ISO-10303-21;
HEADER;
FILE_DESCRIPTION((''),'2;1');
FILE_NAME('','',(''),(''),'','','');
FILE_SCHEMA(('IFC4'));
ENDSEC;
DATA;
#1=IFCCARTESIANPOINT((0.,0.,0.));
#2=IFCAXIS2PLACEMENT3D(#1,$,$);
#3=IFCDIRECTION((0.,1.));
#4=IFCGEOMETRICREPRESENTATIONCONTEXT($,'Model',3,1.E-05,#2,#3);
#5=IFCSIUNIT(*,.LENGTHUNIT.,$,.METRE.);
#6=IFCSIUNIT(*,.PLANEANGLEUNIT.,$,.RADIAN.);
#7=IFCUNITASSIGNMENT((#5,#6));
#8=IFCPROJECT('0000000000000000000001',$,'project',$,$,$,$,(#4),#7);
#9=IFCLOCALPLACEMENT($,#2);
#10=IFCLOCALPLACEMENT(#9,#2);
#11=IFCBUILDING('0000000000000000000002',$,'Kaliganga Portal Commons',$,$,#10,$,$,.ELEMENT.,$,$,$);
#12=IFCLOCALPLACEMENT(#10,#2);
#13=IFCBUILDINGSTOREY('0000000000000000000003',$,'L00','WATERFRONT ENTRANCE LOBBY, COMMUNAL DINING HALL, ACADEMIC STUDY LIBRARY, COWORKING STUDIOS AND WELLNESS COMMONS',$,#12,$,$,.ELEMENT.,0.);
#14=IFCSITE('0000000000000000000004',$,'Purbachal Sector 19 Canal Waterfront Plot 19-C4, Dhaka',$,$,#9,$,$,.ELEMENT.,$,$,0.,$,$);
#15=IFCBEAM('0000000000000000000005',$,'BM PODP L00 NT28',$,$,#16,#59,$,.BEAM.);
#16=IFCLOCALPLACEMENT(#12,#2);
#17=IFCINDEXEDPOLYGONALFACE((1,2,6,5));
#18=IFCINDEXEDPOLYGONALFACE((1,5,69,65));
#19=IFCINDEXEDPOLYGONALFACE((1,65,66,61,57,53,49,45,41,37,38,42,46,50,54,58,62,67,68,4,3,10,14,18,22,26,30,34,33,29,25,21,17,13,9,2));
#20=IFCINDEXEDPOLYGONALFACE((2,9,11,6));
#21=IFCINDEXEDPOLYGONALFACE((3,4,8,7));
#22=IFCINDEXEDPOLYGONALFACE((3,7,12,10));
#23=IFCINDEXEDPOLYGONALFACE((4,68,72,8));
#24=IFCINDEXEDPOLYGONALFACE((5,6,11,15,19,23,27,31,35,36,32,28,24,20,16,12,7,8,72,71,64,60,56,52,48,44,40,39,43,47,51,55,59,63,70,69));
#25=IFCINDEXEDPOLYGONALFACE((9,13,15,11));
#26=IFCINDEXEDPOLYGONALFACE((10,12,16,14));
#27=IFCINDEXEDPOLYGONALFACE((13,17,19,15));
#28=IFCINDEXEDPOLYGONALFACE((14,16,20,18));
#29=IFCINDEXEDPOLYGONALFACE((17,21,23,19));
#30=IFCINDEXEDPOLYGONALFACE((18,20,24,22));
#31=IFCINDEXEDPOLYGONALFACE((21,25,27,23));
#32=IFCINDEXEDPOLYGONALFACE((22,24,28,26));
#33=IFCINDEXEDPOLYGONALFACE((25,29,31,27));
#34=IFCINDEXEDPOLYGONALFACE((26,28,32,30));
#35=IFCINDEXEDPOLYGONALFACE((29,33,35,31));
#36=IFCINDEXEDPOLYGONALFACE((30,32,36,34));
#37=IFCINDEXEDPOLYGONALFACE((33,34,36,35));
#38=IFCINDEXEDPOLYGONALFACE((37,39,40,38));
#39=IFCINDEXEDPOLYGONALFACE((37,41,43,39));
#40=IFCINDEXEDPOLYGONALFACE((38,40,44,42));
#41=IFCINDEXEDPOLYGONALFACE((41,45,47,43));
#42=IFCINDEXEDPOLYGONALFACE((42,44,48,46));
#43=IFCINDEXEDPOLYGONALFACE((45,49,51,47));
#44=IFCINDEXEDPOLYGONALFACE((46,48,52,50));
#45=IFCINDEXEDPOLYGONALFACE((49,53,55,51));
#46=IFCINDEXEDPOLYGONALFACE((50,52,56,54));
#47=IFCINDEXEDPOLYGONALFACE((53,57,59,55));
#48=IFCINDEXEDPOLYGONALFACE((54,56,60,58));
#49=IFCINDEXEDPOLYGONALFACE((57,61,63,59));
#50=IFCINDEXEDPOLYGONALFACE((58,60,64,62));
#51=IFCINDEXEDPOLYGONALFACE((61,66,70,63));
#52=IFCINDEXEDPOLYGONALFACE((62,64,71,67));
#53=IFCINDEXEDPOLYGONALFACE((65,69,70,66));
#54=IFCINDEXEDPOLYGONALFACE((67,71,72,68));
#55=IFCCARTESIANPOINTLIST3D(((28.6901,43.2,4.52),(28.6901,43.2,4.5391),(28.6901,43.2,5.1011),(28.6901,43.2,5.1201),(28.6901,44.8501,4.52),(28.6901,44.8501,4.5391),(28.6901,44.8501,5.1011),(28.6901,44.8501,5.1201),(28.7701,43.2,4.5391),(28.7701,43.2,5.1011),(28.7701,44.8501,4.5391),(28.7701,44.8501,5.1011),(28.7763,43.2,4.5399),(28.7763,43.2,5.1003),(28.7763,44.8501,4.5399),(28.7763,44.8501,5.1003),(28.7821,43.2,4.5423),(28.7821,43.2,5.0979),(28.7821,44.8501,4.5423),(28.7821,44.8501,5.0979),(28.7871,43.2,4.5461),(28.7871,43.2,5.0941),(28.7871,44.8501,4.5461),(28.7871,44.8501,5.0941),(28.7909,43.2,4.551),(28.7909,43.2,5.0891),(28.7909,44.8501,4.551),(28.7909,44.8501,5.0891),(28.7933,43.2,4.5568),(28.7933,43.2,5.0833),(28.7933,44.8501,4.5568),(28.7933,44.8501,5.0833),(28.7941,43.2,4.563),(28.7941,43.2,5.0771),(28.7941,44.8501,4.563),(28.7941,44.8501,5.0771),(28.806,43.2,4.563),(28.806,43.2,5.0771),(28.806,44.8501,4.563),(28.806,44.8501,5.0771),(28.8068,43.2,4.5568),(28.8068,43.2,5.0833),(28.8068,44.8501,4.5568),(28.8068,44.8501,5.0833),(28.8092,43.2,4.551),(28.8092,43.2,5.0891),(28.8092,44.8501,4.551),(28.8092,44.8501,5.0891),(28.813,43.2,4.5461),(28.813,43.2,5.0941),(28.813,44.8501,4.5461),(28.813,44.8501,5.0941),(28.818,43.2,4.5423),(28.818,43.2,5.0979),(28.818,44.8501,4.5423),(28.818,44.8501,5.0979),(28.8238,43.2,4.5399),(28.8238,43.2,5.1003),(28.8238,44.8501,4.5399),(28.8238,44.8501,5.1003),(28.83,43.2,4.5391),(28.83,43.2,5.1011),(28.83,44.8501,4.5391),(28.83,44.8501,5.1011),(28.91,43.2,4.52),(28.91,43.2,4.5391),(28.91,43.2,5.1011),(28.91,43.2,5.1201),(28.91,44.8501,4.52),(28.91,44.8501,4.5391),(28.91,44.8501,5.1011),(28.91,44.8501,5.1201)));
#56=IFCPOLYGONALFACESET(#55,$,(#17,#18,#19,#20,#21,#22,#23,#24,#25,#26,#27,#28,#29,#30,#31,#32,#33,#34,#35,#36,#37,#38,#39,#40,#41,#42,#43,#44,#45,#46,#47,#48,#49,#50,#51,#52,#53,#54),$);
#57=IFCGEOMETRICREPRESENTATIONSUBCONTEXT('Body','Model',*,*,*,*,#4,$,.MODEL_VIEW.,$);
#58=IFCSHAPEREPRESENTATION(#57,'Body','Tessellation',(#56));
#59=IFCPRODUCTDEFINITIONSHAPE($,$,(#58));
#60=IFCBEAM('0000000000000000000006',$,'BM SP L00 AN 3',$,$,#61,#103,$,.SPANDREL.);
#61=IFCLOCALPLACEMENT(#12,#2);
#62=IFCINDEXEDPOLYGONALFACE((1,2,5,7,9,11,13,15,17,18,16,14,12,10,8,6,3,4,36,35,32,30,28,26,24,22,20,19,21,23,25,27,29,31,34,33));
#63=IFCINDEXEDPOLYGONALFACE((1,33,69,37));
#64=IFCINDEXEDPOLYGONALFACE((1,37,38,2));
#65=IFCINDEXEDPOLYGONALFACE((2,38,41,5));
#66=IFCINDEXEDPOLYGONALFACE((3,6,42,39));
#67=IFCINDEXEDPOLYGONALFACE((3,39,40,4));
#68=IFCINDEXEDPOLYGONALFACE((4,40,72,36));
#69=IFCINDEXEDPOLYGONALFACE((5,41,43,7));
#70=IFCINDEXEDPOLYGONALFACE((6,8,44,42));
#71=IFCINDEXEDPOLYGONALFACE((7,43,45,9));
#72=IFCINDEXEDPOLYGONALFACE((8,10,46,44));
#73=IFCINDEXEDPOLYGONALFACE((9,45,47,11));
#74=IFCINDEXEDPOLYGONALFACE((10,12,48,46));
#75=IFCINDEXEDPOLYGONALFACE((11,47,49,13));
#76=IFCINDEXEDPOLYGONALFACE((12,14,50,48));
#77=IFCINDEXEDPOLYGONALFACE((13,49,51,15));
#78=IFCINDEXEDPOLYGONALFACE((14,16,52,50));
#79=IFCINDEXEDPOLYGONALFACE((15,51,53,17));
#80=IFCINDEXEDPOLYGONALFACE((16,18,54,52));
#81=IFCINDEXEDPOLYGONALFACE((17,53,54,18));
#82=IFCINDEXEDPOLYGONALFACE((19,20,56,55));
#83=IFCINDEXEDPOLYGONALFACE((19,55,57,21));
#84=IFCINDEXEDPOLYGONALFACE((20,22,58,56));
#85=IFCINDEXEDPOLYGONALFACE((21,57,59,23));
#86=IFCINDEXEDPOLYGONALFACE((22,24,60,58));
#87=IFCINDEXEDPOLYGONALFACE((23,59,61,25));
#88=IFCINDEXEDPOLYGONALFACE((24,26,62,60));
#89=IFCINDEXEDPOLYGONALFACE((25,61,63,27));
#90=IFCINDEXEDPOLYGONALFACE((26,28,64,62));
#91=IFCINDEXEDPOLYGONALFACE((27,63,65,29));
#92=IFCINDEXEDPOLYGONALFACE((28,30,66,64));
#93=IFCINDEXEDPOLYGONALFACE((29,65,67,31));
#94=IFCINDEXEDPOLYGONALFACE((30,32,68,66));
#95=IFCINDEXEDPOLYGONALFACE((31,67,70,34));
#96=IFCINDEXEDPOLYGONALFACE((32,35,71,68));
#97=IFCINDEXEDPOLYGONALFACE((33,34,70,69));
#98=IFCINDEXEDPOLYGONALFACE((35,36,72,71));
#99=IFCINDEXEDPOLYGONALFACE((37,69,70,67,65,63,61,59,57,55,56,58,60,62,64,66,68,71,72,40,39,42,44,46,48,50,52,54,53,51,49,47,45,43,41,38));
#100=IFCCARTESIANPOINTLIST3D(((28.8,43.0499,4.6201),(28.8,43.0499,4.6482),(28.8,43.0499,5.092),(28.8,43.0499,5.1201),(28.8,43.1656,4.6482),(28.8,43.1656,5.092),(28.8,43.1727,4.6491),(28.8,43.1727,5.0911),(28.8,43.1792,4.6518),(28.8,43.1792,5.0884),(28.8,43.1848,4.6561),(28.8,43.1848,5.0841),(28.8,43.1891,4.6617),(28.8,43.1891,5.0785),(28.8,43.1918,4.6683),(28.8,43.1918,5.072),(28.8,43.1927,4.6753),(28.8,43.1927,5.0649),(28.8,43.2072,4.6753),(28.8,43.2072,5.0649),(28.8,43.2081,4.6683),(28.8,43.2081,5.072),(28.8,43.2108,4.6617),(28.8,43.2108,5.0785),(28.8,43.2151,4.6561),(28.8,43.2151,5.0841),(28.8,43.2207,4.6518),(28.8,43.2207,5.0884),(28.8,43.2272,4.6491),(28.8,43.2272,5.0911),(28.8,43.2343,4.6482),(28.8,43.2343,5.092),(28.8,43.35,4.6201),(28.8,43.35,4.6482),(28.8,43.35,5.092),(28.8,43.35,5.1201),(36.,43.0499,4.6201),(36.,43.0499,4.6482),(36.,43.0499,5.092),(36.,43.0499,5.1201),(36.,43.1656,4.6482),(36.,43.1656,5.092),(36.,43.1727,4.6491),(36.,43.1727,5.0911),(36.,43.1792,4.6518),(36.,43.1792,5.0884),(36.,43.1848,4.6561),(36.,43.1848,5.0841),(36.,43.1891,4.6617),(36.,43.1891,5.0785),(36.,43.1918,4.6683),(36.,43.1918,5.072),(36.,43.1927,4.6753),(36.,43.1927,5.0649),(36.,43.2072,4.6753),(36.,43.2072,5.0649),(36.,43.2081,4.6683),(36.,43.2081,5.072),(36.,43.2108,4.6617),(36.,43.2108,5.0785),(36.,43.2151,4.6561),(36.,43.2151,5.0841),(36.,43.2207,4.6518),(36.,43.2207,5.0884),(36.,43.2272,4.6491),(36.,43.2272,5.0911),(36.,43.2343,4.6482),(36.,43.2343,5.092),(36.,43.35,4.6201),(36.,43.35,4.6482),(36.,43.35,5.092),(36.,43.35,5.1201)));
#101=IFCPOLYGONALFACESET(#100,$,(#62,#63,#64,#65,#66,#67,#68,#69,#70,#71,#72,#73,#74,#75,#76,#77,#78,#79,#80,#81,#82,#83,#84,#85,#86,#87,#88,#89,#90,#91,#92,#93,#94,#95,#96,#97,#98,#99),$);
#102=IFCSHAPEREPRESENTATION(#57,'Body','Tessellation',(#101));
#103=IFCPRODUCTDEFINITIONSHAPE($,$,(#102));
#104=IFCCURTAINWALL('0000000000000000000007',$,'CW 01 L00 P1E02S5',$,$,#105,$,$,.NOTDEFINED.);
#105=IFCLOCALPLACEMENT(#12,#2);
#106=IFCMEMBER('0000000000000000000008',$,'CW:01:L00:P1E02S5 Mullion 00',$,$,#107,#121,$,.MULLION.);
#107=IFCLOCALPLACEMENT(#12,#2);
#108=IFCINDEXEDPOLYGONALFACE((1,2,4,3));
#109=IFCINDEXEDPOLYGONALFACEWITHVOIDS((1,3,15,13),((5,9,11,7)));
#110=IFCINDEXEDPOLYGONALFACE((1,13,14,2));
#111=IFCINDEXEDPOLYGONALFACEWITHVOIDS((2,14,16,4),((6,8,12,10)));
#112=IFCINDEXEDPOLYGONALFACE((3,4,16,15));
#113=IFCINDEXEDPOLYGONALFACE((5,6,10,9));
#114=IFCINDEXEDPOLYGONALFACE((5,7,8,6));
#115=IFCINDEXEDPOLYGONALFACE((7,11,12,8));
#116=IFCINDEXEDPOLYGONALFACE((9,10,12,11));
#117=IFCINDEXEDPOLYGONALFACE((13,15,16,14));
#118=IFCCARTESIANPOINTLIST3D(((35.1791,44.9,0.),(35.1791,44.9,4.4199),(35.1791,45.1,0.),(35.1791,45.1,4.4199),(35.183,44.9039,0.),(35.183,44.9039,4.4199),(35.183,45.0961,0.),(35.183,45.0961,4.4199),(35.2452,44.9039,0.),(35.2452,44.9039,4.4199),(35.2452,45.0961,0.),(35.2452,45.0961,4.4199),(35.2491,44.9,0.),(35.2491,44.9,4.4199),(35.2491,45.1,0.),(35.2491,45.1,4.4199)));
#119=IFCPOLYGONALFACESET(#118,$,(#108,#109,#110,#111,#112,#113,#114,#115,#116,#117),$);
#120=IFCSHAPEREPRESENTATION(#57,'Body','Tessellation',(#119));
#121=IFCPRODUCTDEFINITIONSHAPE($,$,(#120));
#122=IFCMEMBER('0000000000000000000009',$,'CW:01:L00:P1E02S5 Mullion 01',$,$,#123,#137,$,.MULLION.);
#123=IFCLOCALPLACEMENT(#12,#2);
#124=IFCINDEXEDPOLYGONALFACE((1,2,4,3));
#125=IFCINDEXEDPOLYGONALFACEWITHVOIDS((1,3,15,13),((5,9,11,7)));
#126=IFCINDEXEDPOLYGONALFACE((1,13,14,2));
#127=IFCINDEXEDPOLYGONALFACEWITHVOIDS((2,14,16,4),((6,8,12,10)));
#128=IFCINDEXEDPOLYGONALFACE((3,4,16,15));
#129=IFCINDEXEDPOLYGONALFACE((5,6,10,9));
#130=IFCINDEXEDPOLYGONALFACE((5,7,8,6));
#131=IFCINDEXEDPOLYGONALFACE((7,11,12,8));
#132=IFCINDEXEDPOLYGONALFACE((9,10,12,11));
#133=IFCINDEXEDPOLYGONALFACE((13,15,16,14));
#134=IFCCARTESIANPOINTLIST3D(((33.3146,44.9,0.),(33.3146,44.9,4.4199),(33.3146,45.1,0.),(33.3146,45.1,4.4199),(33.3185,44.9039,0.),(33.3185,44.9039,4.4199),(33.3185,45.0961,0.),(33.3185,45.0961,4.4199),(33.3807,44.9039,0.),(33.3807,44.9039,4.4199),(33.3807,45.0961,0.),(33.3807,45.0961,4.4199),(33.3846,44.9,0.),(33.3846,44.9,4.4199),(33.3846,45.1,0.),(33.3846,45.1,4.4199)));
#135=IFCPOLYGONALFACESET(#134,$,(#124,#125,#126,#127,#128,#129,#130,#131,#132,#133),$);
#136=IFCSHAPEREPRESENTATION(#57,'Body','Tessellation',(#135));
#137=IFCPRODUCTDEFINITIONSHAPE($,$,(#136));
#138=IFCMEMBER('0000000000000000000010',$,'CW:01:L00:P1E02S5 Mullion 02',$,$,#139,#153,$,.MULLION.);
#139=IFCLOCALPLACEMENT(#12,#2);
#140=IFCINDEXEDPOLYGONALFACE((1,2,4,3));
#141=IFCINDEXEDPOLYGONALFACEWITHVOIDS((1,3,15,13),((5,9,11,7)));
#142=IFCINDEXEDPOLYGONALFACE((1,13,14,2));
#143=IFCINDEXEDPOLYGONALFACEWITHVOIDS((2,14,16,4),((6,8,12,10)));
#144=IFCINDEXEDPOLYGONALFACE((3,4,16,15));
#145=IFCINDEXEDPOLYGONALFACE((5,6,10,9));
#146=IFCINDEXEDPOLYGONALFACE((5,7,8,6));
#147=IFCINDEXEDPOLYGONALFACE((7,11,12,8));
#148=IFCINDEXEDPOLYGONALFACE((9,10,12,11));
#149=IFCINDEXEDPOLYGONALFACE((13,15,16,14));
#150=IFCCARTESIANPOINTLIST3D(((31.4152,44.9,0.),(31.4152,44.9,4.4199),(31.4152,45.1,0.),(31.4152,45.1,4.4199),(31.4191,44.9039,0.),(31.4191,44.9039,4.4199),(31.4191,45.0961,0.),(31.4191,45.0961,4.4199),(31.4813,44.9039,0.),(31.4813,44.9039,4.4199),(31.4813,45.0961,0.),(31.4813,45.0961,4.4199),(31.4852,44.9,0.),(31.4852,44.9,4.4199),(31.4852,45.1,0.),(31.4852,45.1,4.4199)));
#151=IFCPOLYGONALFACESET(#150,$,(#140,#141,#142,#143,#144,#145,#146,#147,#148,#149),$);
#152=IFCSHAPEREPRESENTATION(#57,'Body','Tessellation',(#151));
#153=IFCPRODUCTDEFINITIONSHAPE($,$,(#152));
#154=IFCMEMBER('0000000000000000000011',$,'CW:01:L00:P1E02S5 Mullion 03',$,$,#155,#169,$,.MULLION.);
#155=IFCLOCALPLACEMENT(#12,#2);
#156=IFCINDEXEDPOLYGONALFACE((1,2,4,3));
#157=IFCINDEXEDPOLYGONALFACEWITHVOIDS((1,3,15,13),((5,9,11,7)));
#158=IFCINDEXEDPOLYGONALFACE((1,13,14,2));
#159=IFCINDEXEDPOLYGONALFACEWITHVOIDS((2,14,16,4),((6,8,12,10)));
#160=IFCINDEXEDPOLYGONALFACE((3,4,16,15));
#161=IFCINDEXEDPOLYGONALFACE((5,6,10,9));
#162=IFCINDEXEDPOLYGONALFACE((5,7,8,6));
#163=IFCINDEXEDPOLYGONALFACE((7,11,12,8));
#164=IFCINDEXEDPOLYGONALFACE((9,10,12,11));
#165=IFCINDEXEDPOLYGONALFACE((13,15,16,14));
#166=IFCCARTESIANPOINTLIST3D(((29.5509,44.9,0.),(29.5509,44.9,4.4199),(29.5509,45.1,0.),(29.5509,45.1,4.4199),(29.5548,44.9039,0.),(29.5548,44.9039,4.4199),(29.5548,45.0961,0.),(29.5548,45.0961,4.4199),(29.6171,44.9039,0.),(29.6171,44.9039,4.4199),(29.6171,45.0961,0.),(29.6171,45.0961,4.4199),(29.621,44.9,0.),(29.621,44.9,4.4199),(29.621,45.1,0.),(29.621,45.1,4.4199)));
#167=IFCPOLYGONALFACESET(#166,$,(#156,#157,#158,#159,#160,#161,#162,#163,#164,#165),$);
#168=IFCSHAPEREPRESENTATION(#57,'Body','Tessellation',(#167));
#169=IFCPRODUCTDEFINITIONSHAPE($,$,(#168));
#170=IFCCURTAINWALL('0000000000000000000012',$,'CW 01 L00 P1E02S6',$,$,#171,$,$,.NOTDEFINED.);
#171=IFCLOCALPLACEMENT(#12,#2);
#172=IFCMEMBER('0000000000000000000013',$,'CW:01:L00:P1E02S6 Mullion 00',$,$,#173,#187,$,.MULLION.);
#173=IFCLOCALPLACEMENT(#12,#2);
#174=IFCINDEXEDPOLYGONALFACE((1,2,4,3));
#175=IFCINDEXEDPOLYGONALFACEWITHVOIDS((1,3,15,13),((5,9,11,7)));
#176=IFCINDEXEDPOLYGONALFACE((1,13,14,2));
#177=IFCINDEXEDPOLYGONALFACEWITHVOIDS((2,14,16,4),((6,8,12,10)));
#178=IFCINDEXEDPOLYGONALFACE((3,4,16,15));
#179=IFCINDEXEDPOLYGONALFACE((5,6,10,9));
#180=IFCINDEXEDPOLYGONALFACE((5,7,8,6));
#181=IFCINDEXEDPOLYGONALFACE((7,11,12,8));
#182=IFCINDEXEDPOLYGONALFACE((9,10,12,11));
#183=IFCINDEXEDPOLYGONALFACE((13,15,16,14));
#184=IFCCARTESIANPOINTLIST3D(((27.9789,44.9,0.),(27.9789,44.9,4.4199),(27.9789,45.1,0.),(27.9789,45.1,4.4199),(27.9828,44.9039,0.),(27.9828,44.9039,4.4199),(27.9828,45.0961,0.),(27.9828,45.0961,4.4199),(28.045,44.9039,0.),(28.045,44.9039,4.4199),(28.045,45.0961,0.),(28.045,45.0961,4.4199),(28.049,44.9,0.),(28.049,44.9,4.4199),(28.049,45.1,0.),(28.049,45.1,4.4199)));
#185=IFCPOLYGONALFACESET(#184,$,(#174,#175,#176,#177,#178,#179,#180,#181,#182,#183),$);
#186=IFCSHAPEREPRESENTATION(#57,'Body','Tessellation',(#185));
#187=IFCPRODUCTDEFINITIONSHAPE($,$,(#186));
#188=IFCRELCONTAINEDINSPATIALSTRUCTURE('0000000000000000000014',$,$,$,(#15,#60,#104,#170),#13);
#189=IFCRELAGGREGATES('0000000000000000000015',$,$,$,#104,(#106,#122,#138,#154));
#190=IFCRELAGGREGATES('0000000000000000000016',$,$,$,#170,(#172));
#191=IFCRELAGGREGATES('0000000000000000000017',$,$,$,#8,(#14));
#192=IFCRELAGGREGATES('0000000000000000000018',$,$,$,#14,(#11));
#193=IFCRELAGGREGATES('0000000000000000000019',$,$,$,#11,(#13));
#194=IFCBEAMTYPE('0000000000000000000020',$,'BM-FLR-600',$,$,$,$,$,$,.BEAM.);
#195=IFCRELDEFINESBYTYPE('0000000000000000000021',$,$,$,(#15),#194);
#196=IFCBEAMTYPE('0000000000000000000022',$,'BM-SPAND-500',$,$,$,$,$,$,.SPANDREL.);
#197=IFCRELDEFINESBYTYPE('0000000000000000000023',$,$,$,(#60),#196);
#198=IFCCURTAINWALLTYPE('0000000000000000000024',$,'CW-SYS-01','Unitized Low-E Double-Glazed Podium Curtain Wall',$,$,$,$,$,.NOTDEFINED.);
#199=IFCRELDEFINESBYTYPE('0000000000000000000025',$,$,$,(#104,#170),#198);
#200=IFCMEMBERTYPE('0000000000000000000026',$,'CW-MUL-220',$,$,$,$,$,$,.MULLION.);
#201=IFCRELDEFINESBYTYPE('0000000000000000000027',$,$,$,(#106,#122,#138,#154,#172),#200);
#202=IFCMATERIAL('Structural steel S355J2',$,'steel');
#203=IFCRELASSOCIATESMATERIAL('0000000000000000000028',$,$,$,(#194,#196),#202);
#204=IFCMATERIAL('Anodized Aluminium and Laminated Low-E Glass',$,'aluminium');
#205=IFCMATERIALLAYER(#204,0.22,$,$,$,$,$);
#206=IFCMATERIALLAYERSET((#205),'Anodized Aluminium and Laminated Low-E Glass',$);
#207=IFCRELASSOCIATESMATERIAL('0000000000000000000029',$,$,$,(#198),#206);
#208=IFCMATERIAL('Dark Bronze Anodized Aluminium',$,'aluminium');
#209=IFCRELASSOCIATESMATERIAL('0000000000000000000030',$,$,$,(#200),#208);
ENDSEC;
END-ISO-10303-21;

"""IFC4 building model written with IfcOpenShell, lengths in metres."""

from ifc_helpers import new_model, si_unit, direction, frame, origin, origin_2d, place, context, subcontext, project, spatial, hollow_rectangle, i_section, extrude, source, transform, mapped, material, layer, layer_set, material_profile, profile_set, type_object, element, aggregate, save


model = new_model("IFC4")

# Units and contexts
model_context = context("Model", 3, precision=1e-05, world=origin(), true_north=direction((0.0, 1.0)))
body_context = subcontext(model_context, "Body", "Model", "MODEL_VIEW")
ifc_project = project(units=[si_unit("LENGTHUNIT", "METRE"), si_unit("PLANEANGLEUNIT", "RADIAN")], contexts=[model_context])

# Site, building, storey
site_placement = place(None, origin())
site = spatial("IfcSite", under=ifc_project, at=site_placement, Name="Purbachal Sector 19 Canal Waterfront Plot 19-C4, Dhaka", CompositionType="ELEMENT", RefElevation=0.0)
building_placement = place(site_placement, origin())
building = spatial("IfcBuilding", under=site, at=building_placement, Name="Kaliganga Portal Commons", CompositionType="ELEMENT")
storey_placement = place(building_placement, origin())
storey = spatial("IfcBuildingStorey", under=building, at=storey_placement, Name="L00", Description="WATERFRONT ENTRANCE LOBBY, COMMUNAL DINING HALL, ACADEMIC STUDY LIBRARY, COWORKING STUDIOS AND WELLNESS COMMONS", CompositionType="ELEMENT", Elevation=0.0)

# Beams
ifc_material_1 = material(Name="Structural steel S355J2", Category="steel")
ifc_material_profile_1 = material_profile(ifc_material_1, i_section(OverallWidth=0.22, OverallDepth=0.6001, WebThickness=0.012, FlangeThickness=0.019, FilletRadius=0.0239, at=origin_2d()), Name="IPE 600")
ifc_profile_set_1 = profile_set([ifc_material_profile_1], Name="Structural steel S355J2 wide-flange")
beam_type_1 = type_object("IfcBeamType", Name="BM-FLR-600", PredefinedType="BEAM", material=ifc_profile_set_1)
shared_shape_1 = source(origin(), body_context, "Body", "SweptSolid", [
    extrude(i_section(OverallWidth=0.22, OverallDepth=0.6001, WebThickness=0.012, FlangeThickness=0.019, FilletRadius=0.0239, at=origin_2d()), origin(), (0.0, 0.0, 1.0), 1.6501),
])
beam_1_placement = place(storey_placement, frame((28.8, 43.2, 4.8201), z_axis=(0.0, 1.0, 0.0), x_axis=(-1.0, 0.0, 0.0)))
element("IfcBeam", 1, at=beam_1_placement, inside=storey, type_object=beam_type_1, Name="BM PODP L00 NT28", PredefinedType="BEAM", context=body_context, shape_type="MappedRepresentation", body=[
    mapped(shared_shape_1, transform((0.0, 0.0, 0.0), x_axis=(1.0, 0.0, 0.0), y_axis=(0.0, 1.0, 0.0), z_axis=(0.0, 0.0, 1.0), scale=1.0)),
])
ifc_material_profile_2 = material_profile(ifc_material_1, i_section(OverallWidth=0.3, OverallDepth=0.5, WebThickness=0.0144, FlangeThickness=0.0281, FilletRadius=0.0271, at=origin_2d()), Name="HE 500 B")
ifc_profile_set_2 = profile_set([ifc_material_profile_2], Name="Structural steel S355J2 wide-flange")
beam_type_2 = type_object("IfcBeamType", Name="BM-SPAND-500", PredefinedType="SPANDREL", material=ifc_profile_set_2)
shared_shape_2 = source(origin(), body_context, "Body", "SweptSolid", [
    extrude(i_section(OverallWidth=0.3, OverallDepth=0.5, WebThickness=0.0144, FlangeThickness=0.0281, FilletRadius=0.0271, at=origin_2d()), origin(), (0.0, 0.0, 1.0), 7.2),
])
beam_2_placement = place(storey_placement, frame((28.8, 43.2, 4.8701), z_axis=(1.0, 0.0, 0.0), x_axis=(0.0, 1.0, 0.0)))
element("IfcBeam", 2, at=beam_2_placement, inside=storey, type_object=beam_type_2, Name="BM SP L00 AN 3", PredefinedType="SPANDREL", context=body_context, shape_type="MappedRepresentation", body=[
    mapped(shared_shape_2, transform((0.0, 0.0, 0.0), x_axis=(1.0, 0.0, 0.0), y_axis=(0.0, 1.0, 0.0), z_axis=(0.0, 0.0, 1.0), scale=1.0)),
])

# Curtain walls, members
ifc_material_2 = material(Name="Anodized Aluminium and Laminated Low-E Glass", Category="aluminium")
ifc_layer_1 = layer(ifc_material_2, 0.22)
ifc_layer_set_1 = layer_set([ifc_layer_1], Name="Anodized Aluminium and Laminated Low-E Glass")
curtain_wall_type = type_object("IfcCurtainWallType", Name="CW-SYS-01", Description="Unitized Low-E Double-Glazed Podium Curtain Wall", PredefinedType="NOTDEFINED", material=ifc_layer_set_1)
curtain_wall_1_placement = place(storey_placement, origin())
curtain_wall_1 = element("IfcCurtainWall", 3, at=curtain_wall_1_placement, inside=storey, type_object=curtain_wall_type, Name="CW 01 L00 P1E02S5", PredefinedType="NOTDEFINED")
ifc_material_3 = material(Name="Dark Bronze Anodized Aluminium", Category="aluminium")
ifc_material_profile_3 = material_profile(ifc_material_3, hollow_rectangle(XDim=0.0701, YDim=0.2, WallThickness=0.0039, at=origin_2d()), Name="ALU MULL 70x200x4")
ifc_profile_set_3 = profile_set([ifc_material_profile_3], Name="Dark Bronze Anodized Aluminium")
member_type_1 = type_object("IfcMemberType", Name="CW-MUL-220", PredefinedType="MULLION", material=ifc_profile_set_3)
shared_shape_3 = source(origin(), body_context, "Body", "SweptSolid", [
    extrude(hollow_rectangle(XDim=0.0701, YDim=0.2, WallThickness=0.0039, at=origin_2d()), origin(), (0.0, 0.0, 1.0), 4.4199),
])
member_1_placement = place(storey_placement, frame((35.2141, 45.0, 0.0), z_axis=(0.0, 0.0, 1.0), x_axis=(-1.0, 0.0, 0.0)))
member_1 = element("IfcMember", 4, at=member_1_placement, type_object=member_type_1, Name="CW:01:L00:P1E02S5 Mullion 00", PredefinedType="MULLION", context=body_context, shape_type="MappedRepresentation", body=[
    mapped(shared_shape_3, transform((0.0, 0.0, 0.0), x_axis=(1.0, 0.0, 0.0), y_axis=(0.0, 1.0, 0.0), z_axis=(0.0, 0.0, 1.0), scale=1.0)),
])
member_2_placement = place(storey_placement, frame((33.3496, 45.0, 0.0), z_axis=(0.0, 0.0, 1.0), x_axis=(-1.0, 0.0, 0.0)))
member_2 = element("IfcMember", 5, at=member_2_placement, type_object=member_type_1, Name="CW:01:L00:P1E02S5 Mullion 01", PredefinedType="MULLION", context=body_context, shape_type="MappedRepresentation", body=[
    mapped(shared_shape_3, transform((0.0, 0.0, 0.0), x_axis=(1.0, 0.0, 0.0), y_axis=(0.0, 1.0, 0.0), z_axis=(0.0, 0.0, 1.0), scale=1.0)),
])
member_3_placement = place(storey_placement, frame((31.4502, 45.0, 0.0), z_axis=(0.0, 0.0, 1.0), x_axis=(-1.0, 0.0, 0.0)))
member_3 = element("IfcMember", 6, at=member_3_placement, type_object=member_type_1, Name="CW:01:L00:P1E02S5 Mullion 02", PredefinedType="MULLION", context=body_context, shape_type="MappedRepresentation", body=[
    mapped(shared_shape_3, transform((0.0, 0.0, 0.0), x_axis=(1.0, 0.0, 0.0), y_axis=(0.0, 1.0, 0.0), z_axis=(0.0, 0.0, 1.0), scale=1.0)),
])
member_4_placement = place(storey_placement, frame((29.5859, 45.0, 0.0), z_axis=(0.0, 0.0, 1.0), x_axis=(-1.0, 0.0, 0.0)))
member_4 = element("IfcMember", 7, at=member_4_placement, type_object=member_type_1, Name="CW:01:L00:P1E02S5 Mullion 03", PredefinedType="MULLION", context=body_context, shape_type="MappedRepresentation", body=[
    mapped(shared_shape_3, transform((0.0, 0.0, 0.0), x_axis=(1.0, 0.0, 0.0), y_axis=(0.0, 1.0, 0.0), z_axis=(0.0, 0.0, 1.0), scale=1.0)),
])
curtain_wall_2_placement = place(storey_placement, origin())
curtain_wall_2 = element("IfcCurtainWall", 8, at=curtain_wall_2_placement, inside=storey, type_object=curtain_wall_type, Name="CW 01 L00 P1E02S6", PredefinedType="NOTDEFINED")
member_5_placement = place(storey_placement, frame((28.0139, 45.0, 0.0), z_axis=(0.0, 0.0, 1.0), x_axis=(-1.0, 0.0, 0.0)))
member_5 = element("IfcMember", 9, at=member_5_placement, type_object=member_type_1, Name="CW:01:L00:P1E02S6 Mullion 00", PredefinedType="MULLION", context=body_context, shape_type="MappedRepresentation", body=[
    mapped(shared_shape_3, transform((0.0, 0.0, 0.0), x_axis=(1.0, 0.0, 0.0), y_axis=(0.0, 1.0, 0.0), z_axis=(0.0, 0.0, 1.0), scale=1.0)),
])

aggregate(curtain_wall_1, [member_1, member_2, member_3, member_4])
aggregate(curtain_wall_2, [member_5])

save(model, "model.ifc")
